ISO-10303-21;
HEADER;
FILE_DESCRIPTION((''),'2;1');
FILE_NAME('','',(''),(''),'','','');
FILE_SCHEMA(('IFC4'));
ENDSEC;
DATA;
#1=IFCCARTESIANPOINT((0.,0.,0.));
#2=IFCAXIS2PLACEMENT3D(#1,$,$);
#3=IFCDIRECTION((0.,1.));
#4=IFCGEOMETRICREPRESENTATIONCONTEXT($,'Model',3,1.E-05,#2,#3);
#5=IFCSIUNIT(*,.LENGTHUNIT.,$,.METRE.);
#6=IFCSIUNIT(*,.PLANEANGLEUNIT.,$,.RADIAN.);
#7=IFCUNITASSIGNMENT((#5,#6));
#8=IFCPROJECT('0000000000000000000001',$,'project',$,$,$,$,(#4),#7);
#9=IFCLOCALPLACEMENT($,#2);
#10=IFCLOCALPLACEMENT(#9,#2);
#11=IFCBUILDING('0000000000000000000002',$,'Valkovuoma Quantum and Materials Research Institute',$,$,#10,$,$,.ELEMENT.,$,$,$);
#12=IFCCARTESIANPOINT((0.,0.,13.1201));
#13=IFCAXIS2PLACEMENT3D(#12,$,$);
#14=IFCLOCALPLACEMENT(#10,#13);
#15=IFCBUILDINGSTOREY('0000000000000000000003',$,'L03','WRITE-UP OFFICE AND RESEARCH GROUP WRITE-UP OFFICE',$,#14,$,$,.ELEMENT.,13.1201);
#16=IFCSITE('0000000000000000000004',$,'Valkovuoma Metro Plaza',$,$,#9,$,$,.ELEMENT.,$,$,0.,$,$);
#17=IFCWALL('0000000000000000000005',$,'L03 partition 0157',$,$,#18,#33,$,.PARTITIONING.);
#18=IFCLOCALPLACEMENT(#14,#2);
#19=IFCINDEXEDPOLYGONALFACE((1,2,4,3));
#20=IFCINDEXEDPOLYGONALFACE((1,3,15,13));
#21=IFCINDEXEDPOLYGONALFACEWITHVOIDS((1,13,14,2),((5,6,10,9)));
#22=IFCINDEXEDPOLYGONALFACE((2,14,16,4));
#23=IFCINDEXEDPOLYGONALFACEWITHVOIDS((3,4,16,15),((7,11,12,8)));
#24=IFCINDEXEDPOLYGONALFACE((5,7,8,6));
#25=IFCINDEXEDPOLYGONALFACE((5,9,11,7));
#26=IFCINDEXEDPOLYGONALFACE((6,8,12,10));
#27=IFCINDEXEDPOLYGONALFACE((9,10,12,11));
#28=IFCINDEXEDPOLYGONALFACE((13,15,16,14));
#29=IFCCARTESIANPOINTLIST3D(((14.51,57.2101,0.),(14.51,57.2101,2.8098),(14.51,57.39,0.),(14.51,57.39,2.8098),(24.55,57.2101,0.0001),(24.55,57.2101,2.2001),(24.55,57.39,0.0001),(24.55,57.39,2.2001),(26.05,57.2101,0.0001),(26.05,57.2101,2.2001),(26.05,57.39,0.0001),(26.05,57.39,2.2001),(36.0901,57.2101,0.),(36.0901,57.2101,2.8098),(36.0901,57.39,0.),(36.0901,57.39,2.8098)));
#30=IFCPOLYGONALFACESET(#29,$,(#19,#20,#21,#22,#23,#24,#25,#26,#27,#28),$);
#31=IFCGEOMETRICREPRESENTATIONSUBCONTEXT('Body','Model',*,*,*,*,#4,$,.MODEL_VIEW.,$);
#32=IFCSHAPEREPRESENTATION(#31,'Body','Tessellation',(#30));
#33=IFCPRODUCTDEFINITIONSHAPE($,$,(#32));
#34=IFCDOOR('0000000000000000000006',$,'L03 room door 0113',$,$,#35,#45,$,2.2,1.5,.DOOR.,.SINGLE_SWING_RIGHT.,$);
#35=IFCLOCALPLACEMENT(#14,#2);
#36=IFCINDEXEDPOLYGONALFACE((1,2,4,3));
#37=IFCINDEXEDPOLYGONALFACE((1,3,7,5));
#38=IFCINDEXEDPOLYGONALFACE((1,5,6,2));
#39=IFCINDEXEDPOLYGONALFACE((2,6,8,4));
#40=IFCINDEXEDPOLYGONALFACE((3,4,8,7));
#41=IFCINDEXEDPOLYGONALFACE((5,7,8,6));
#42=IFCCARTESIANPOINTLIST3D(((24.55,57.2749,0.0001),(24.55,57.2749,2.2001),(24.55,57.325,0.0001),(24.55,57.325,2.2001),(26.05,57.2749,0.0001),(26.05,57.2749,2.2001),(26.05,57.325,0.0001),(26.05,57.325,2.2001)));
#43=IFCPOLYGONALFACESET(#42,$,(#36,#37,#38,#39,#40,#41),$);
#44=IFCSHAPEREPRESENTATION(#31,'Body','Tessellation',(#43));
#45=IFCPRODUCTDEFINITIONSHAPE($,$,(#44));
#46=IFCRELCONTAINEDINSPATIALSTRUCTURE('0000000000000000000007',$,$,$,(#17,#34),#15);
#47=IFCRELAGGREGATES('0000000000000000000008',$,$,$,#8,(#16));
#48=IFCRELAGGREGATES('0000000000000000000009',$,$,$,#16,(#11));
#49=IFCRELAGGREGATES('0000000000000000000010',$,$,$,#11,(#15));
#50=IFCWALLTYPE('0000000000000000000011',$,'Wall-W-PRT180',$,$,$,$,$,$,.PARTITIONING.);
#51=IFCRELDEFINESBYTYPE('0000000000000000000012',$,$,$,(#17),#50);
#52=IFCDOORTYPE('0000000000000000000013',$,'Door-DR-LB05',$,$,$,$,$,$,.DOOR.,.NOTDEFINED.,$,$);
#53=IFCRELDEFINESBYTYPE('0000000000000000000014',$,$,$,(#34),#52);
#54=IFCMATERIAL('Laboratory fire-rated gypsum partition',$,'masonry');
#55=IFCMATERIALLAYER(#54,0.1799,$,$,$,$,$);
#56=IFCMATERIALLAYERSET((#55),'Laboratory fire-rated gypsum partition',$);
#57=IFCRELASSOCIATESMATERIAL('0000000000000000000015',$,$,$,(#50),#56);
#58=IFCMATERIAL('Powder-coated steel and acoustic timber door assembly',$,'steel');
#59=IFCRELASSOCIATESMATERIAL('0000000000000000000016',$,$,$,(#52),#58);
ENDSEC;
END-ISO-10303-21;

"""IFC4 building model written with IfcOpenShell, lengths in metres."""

from ifc_helpers import new_model, si_unit, direction, frame, frame_2d, origin, place, context, subcontext, project, spatial, rectangle, extrude, material, layer, layer_set, type_object, element, fill, save


model = new_model("IFC4")

# Units and contexts
model_context = context("Model", 3, precision=1e-05, world=origin(), true_north=direction((0.0, 1.0)))
body_context = subcontext(model_context, "Body", "Model", "MODEL_VIEW")
ifc_project = project(units=[si_unit("LENGTHUNIT", "METRE"), si_unit("PLANEANGLEUNIT", "RADIAN")], contexts=[model_context])

# Site, building, storey
site_placement = place(None, origin())
site = spatial("IfcSite", under=ifc_project, at=site_placement, Name="Valkovuoma Metro Plaza", CompositionType="ELEMENT", RefElevation=0.0)
building_placement = place(site_placement, origin())
building = spatial("IfcBuilding", under=site, at=building_placement, Name="Valkovuoma Quantum and Materials Research Institute", CompositionType="ELEMENT")
storey_placement = place(building_placement, frame((0.0, 0.0, 13.1201)))
storey = spatial("IfcBuildingStorey", under=building, at=storey_placement, Name="L03", Description="WRITE-UP OFFICE AND RESEARCH GROUP WRITE-UP OFFICE", CompositionType="ELEMENT", Elevation=13.1201)

# Shared definitions
ifc_material_1 = material(Name="Laboratory fire-rated gypsum partition", Category="masonry")
ifc_layer_1 = layer(ifc_material_1, 0.1799)
ifc_layer_set_1 = layer_set([ifc_layer_1], Name="Laboratory fire-rated gypsum partition")
wall_type_1 = type_object("IfcWallType", Name="Wall-W-PRT180", PredefinedType="PARTITIONING", material=ifc_layer_set_1)

# Wall, opening, door
wall_1_placement = place(storey_placement, frame((14.51, 57.3, 0.0), z_axis=(0.0, 0.0, 1.0), x_axis=(1.0, 0.0, 0.0)))
wall_1 = element("IfcWall", 1, at=wall_1_placement, inside=storey, type_object=wall_type_1, Name="L03 partition 0157", PredefinedType="PARTITIONING", context=body_context, shape_type="SweptSolid", body=[
    extrude(rectangle(XDim=21.5801, YDim=0.1799, at=frame_2d((10.79, 0.0))), origin(), (0.0, 0.0, 1.0), 2.8098),
])
opening_1_placement = place(wall_1_placement, frame((10.04, 0.0, 0.0)))
opening_1 = element("IfcOpeningElement", 2, at=opening_1_placement, cuts=wall_1, PredefinedType="OPENING", context=body_context, shape_type="SweptSolid", body=[
    extrude(rectangle(XDim=1.5, YDim=2.2, at=frame_2d((0.75, 1.1001))), frame((0.0, 0.1001, 0.0), z_axis=(0.0, -1.0, 0.0), x_axis=(1.0, 0.0, 0.0)), (0.0, 0.0, 1.0), 0.2),
])
ifc_material_2 = material(Name="Powder-coated steel and acoustic timber door assembly", Category="steel")
door_type_1 = type_object("IfcDoorType", Name="Door-DR-LB05", OperationType="NOTDEFINED", PredefinedType="DOOR", material=ifc_material_2)
door_1_placement = place(opening_1_placement, origin())
door_1 = element("IfcDoor", 3, at=door_1_placement, inside=storey, type_object=door_type_1, Name="L03 room door 0113", OperationType="SINGLE_SWING_RIGHT", OverallHeight=2.2, OverallWidth=1.5, PredefinedType="DOOR", context=body_context, shape_type="SweptSolid", body=[
    extrude(rectangle(XDim=1.5, YDim=2.2, at=frame_2d((0.75, 1.1001))), frame((0.0, 0.0249, 0.0), z_axis=(0.0, -1.0, 0.0), x_axis=(1.0, 0.0, 0.0)), (0.0, 0.0, 1.0), 0.05),
])
fill(opening_1, door_1)

save(model, "model.ifc")
